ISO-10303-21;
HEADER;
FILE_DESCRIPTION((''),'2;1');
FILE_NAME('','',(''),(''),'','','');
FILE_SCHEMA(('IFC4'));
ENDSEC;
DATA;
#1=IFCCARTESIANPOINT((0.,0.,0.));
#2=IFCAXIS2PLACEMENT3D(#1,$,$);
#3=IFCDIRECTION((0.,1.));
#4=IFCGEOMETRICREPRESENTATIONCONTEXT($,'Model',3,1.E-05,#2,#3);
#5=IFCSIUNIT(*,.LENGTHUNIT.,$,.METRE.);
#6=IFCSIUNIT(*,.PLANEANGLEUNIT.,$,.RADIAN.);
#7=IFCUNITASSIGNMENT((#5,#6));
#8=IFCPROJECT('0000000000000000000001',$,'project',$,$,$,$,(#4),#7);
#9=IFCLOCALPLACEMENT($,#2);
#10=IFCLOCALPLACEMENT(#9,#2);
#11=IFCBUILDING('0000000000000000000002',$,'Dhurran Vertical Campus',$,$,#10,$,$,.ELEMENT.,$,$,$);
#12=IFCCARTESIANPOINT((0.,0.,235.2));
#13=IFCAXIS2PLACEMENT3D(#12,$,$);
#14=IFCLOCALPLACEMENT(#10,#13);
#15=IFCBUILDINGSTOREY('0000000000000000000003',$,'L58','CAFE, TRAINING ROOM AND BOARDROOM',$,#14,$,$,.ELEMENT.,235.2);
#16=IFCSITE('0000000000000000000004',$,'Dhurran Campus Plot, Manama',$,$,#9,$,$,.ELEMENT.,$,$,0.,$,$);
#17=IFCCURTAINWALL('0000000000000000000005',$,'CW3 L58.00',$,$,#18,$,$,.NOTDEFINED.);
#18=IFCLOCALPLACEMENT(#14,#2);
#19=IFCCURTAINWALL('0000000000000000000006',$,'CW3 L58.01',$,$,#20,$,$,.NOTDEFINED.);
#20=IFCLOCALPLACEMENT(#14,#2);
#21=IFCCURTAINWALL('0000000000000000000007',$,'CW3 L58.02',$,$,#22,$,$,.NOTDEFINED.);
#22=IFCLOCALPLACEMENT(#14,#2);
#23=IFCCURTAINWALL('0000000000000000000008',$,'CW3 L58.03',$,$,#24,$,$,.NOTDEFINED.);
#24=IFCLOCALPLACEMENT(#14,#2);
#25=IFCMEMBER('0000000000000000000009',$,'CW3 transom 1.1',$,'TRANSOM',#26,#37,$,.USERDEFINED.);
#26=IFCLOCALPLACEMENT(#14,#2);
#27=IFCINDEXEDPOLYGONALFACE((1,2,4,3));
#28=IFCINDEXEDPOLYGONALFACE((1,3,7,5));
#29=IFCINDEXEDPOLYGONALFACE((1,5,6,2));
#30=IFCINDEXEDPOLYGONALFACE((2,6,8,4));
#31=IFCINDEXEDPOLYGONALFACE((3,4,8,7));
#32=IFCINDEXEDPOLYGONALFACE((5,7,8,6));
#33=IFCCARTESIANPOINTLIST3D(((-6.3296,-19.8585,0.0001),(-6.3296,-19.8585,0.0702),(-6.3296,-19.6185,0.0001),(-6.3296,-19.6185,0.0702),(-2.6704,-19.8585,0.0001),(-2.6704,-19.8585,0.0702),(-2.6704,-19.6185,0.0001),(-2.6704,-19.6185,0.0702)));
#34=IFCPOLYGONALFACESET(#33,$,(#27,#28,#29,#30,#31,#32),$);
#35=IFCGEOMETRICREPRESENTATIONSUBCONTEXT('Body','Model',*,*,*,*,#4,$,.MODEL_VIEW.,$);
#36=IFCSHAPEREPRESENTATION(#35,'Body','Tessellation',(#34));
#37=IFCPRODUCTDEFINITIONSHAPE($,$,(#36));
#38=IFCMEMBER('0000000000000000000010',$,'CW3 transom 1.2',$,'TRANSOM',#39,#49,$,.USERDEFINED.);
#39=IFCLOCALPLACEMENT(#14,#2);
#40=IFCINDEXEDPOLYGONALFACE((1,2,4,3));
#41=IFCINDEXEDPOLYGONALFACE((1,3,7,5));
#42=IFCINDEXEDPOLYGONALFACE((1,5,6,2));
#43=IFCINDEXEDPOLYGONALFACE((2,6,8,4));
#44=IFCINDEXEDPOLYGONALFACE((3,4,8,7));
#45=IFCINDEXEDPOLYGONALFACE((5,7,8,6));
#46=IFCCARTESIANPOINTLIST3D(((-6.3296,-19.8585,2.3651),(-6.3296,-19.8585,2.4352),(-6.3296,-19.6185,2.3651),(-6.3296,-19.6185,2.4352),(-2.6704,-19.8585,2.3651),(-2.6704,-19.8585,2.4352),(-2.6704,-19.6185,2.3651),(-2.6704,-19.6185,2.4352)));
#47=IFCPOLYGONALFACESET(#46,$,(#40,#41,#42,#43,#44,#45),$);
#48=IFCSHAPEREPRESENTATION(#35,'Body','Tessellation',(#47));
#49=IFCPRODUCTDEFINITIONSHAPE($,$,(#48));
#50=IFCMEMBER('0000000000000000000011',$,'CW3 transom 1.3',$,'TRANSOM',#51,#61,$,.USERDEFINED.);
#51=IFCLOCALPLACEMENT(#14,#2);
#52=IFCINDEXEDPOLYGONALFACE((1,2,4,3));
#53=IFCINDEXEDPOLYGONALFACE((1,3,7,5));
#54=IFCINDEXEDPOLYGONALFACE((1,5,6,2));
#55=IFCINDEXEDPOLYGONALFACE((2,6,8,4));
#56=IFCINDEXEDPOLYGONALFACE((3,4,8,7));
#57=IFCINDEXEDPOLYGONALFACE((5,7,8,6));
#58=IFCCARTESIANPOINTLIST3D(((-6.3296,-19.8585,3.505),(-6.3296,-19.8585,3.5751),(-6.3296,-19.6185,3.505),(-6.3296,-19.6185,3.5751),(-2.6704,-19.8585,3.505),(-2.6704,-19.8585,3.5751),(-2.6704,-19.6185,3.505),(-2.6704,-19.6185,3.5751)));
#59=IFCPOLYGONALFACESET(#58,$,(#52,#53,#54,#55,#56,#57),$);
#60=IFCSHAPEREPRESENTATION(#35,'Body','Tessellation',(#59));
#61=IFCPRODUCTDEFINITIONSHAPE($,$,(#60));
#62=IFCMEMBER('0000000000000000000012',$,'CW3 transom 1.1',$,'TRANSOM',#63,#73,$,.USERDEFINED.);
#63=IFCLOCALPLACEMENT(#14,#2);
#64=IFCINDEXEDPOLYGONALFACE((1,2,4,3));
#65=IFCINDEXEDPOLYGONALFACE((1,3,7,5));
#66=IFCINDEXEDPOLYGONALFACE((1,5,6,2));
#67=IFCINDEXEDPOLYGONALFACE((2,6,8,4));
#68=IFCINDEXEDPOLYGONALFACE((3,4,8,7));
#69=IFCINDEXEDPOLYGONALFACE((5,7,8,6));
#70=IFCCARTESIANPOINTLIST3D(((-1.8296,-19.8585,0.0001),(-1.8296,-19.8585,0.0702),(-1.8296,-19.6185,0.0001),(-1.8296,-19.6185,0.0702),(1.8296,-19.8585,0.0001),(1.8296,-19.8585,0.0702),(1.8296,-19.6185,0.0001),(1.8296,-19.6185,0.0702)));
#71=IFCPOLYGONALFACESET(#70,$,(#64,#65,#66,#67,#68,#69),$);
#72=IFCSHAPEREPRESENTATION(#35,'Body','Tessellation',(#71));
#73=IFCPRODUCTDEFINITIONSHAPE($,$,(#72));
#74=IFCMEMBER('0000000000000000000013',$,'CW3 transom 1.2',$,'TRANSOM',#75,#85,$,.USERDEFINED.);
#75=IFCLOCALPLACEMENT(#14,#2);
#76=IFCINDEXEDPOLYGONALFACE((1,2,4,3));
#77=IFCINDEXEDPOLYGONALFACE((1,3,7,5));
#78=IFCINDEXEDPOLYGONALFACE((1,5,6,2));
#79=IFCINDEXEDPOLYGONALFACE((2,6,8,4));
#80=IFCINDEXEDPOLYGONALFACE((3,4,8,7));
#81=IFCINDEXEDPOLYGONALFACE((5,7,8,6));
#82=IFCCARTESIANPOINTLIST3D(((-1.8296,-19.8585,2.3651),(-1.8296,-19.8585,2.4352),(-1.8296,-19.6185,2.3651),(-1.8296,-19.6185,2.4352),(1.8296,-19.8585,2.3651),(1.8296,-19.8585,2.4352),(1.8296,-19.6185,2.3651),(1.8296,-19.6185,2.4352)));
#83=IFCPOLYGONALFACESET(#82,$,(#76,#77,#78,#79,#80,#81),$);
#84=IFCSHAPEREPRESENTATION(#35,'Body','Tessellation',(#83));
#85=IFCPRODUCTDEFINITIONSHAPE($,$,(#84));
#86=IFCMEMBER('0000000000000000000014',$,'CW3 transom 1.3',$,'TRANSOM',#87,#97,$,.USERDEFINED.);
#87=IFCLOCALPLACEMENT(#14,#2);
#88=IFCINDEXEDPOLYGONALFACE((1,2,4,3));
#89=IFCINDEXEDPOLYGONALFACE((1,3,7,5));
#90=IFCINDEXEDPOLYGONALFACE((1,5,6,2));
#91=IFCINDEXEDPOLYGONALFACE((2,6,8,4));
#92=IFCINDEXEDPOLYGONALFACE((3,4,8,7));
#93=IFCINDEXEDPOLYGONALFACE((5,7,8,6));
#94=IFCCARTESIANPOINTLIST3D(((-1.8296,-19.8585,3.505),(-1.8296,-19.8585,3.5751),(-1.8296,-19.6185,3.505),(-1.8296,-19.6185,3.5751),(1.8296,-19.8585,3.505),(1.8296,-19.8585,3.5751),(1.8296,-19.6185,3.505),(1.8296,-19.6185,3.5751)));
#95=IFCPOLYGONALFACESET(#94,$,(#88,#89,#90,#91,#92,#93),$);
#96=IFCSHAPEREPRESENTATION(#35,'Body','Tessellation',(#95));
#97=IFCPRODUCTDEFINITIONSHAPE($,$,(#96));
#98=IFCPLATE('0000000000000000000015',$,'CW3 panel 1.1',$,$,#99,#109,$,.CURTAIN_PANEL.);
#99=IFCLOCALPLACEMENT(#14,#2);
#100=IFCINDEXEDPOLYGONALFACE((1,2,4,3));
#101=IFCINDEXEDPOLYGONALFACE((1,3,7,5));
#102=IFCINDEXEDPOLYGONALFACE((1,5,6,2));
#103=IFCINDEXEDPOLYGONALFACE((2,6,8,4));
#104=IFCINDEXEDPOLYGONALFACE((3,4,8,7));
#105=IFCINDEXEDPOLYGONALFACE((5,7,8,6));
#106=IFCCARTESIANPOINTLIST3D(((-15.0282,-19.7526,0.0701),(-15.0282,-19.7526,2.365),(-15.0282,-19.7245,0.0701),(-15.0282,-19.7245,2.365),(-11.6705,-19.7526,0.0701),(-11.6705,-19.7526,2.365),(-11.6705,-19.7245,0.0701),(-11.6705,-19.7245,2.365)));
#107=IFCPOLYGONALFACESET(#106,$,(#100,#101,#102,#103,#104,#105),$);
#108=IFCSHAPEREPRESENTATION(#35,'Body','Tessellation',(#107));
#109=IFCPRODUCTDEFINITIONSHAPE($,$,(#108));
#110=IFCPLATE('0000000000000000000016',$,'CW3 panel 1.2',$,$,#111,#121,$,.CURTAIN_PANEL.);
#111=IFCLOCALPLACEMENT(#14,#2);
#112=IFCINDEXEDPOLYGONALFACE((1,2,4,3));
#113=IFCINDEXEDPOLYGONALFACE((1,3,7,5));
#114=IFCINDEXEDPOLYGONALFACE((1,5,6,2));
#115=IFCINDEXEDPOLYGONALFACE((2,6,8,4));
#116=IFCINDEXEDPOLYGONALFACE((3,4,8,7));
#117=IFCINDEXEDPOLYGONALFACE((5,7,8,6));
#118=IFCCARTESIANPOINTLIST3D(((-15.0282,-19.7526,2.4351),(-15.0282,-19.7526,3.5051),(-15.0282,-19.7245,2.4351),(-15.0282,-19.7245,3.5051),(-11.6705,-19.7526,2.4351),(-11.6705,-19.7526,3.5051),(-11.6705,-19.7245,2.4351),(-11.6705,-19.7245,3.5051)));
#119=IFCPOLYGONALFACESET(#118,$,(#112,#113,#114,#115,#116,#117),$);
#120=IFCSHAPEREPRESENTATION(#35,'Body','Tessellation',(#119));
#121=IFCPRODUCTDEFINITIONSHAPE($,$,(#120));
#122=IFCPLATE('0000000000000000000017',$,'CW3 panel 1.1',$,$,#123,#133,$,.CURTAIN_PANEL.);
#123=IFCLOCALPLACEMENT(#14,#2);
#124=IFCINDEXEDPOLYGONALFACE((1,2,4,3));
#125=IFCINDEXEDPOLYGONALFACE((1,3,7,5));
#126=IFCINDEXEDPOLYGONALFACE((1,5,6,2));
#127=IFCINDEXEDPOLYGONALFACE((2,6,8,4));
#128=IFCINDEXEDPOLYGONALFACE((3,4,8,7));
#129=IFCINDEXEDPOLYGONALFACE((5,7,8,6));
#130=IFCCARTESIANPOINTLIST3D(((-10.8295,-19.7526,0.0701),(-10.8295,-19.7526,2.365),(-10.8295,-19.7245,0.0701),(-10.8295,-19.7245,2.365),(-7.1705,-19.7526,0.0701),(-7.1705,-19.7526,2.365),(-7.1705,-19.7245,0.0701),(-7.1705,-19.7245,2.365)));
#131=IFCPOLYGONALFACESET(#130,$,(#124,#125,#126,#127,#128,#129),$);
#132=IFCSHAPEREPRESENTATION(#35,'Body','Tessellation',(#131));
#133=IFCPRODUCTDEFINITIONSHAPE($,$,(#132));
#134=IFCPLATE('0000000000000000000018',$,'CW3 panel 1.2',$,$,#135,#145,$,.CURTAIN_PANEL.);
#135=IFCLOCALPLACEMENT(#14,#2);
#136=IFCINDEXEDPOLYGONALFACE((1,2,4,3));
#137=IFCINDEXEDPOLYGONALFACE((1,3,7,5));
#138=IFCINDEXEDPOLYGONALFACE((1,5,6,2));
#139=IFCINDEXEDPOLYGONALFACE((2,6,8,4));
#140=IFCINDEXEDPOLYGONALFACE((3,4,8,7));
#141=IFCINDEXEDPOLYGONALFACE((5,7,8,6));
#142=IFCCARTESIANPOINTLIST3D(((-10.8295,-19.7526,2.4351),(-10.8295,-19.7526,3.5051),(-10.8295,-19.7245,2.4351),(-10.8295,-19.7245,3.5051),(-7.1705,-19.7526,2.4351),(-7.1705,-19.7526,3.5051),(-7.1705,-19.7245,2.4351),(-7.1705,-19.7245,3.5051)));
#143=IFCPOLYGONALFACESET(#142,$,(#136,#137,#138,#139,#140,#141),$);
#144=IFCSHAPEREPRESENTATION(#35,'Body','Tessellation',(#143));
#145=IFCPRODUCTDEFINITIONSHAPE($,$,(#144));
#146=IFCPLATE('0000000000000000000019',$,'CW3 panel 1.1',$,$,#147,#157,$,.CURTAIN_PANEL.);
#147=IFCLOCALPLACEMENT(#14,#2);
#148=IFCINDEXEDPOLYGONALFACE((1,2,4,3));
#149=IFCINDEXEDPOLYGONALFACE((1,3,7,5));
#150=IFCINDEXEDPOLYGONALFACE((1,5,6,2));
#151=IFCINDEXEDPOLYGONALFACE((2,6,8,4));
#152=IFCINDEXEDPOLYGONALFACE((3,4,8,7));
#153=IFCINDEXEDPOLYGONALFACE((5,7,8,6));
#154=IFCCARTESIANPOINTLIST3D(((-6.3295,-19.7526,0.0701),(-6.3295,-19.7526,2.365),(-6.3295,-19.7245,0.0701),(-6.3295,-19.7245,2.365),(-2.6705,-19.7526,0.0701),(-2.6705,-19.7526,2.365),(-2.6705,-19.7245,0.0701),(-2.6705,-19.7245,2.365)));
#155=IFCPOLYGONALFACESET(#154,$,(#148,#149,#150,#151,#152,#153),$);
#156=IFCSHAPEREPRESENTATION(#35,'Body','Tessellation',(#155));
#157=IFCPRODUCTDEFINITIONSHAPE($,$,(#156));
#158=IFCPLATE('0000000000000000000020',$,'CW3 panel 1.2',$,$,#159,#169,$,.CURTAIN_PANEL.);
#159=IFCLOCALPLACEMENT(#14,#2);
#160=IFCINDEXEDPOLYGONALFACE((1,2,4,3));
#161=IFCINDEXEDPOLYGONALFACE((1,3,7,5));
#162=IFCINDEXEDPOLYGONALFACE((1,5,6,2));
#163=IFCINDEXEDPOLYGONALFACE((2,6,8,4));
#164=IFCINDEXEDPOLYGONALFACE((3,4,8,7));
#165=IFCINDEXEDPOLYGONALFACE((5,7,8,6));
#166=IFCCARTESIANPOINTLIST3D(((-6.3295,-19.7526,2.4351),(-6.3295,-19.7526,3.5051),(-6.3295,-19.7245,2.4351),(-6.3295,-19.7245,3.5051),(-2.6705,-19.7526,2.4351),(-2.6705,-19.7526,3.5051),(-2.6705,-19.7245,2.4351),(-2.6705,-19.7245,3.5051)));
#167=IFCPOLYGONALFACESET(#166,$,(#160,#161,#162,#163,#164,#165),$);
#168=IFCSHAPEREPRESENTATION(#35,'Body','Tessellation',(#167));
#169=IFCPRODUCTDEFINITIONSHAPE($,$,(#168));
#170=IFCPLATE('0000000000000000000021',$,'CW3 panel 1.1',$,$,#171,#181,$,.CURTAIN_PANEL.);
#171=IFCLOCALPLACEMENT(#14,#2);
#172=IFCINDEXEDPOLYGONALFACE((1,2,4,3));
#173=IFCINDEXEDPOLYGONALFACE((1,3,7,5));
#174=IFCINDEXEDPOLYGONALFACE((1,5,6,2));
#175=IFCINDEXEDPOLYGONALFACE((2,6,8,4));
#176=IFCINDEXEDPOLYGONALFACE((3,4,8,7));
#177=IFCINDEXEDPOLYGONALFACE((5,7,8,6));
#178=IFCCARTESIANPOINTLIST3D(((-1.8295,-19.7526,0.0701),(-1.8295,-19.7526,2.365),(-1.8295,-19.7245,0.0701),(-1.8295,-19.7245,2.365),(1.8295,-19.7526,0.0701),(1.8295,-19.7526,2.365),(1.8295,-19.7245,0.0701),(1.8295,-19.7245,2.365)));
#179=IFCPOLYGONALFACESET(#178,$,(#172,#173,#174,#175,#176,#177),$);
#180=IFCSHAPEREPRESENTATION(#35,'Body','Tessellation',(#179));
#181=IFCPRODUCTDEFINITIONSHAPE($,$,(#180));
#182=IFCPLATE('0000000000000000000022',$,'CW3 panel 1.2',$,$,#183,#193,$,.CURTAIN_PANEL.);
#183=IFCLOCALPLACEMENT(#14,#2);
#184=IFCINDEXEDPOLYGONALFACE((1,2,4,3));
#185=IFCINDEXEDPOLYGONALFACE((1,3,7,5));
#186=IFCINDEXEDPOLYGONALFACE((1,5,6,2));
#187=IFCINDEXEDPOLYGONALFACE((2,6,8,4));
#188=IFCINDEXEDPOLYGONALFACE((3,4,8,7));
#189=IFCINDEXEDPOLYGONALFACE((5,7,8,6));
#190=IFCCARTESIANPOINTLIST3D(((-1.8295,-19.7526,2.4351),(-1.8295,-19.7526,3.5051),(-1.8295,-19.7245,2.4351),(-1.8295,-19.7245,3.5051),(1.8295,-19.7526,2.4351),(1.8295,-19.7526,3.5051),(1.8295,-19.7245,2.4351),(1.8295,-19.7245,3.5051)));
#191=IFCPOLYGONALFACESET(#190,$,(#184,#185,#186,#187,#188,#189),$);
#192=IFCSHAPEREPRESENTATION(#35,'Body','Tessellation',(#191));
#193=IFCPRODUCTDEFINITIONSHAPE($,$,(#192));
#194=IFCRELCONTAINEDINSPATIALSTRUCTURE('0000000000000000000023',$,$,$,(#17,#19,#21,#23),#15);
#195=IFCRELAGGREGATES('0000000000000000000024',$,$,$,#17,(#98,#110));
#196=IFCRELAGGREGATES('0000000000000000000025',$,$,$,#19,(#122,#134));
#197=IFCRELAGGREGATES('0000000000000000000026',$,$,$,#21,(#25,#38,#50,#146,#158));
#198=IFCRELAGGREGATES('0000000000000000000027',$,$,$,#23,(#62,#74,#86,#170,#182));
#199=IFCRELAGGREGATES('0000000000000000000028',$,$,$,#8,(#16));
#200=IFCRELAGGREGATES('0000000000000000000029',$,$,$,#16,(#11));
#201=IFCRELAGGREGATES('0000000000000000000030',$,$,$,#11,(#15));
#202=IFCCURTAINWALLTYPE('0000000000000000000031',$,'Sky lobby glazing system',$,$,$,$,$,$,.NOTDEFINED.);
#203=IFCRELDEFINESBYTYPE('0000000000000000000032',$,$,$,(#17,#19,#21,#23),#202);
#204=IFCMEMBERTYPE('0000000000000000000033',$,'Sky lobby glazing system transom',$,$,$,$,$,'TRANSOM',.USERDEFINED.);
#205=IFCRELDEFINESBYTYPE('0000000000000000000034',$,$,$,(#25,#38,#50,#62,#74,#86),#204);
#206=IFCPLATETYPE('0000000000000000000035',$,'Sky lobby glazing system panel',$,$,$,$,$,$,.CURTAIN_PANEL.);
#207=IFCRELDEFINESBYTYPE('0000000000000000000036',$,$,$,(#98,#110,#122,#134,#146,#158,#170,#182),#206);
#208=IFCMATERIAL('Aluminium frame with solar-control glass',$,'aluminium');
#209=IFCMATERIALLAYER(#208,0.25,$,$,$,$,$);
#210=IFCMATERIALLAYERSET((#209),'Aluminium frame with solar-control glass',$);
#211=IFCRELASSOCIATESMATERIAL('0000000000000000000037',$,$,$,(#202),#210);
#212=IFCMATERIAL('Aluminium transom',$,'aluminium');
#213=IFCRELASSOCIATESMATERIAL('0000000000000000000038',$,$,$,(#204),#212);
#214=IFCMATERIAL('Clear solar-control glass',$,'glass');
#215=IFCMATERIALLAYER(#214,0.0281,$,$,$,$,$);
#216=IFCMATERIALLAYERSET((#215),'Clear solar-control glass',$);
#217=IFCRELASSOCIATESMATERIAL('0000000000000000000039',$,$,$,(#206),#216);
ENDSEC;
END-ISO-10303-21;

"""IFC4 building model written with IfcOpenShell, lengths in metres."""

from ifc_helpers import new_model, si_unit, direction, frame, origin, origin_2d, place, context, subcontext, project, spatial, rectangle, extrude, material, layer, layer_set, material_profile, profile_set, type_object, element, aggregate, save


model = new_model("IFC4")

# Units and contexts
model_context = context("Model", 3, precision=1e-05, world=origin(), true_north=direction((0.0, 1.0)))
body_context = subcontext(model_context, "Body", "Model", "MODEL_VIEW")
ifc_project = project(units=[si_unit("LENGTHUNIT", "METRE"), si_unit("PLANEANGLEUNIT", "RADIAN")], contexts=[model_context])

# Site, building, storey
site_placement = place(None, origin())
site = spatial("IfcSite", under=ifc_project, at=site_placement, Name="Dhurran Campus Plot, Manama", CompositionType="ELEMENT", RefElevation=0.0)
building_placement = place(site_placement, origin())
building = spatial("IfcBuilding", under=site, at=building_placement, Name="Dhurran Vertical Campus", CompositionType="ELEMENT")
storey_placement = place(building_placement, frame((0.0, 0.0, 235.2)))
storey = spatial("IfcBuildingStorey", under=building, at=storey_placement, Name="L58", Description="CAFE, TRAINING ROOM AND BOARDROOM", CompositionType="ELEMENT", Elevation=235.2)

# Curtain walls
ifc_material_1 = material(Name="Aluminium frame with solar-control glass", Category="aluminium")
ifc_layer_1 = layer(ifc_material_1, 0.25)
ifc_layer_set_1 = layer_set([ifc_layer_1], Name="Aluminium frame with solar-control glass")
curtain_wall_type = type_object("IfcCurtainWallType", Name="Sky lobby glazing system", PredefinedType="NOTDEFINED", material=ifc_layer_set_1)
curtain_wall_1_placement = place(storey_placement, origin())
curtain_wall_1 = element("IfcCurtainWall", 1, at=curtain_wall_1_placement, inside=storey, type_object=curtain_wall_type, Name="CW3 L58.00", PredefinedType="NOTDEFINED")
curtain_wall_2_placement = place(storey_placement, origin())
curtain_wall_2 = element("IfcCurtainWall", 2, at=curtain_wall_2_placement, inside=storey, type_object=curtain_wall_type, Name="CW3 L58.01", PredefinedType="NOTDEFINED")
curtain_wall_3_placement = place(storey_placement, origin())
curtain_wall_3 = element("IfcCurtainWall", 3, at=curtain_wall_3_placement, inside=storey, type_object=curtain_wall_type, Name="CW3 L58.02", PredefinedType="NOTDEFINED")

# Curtain wall
curtain_wall_4_placement = place(storey_placement, origin())
curtain_wall_4 = element("IfcCurtainWall", 4, at=curtain_wall_4_placement, inside=storey, type_object=curtain_wall_type, Name="CW3 L58.03", PredefinedType="NOTDEFINED")

# Members
ifc_material_2 = material(Name="Aluminium transom", Category="aluminium")
ifc_material_profile_1 = material_profile(ifc_material_2, rectangle(XDim=0.24, YDim=0.0701, at=origin_2d()), Name="Sky lobby glazing system transom")
ifc_profile_set_1 = profile_set([ifc_material_profile_1], Name="Aluminium transom")
member_type_1 = type_object("IfcMemberType", Name="Sky lobby glazing system transom", ElementType="TRANSOM", PredefinedType="USERDEFINED", material=ifc_profile_set_1)
member_1_placement = place(storey_placement, frame((-6.3296, -19.7385, 0.0352), z_axis=(1.0, 0.0, 0.0), x_axis=(0.0, 1.0, 0.0)))
member_1 = element("IfcMember", 5, at=member_1_placement, type_object=member_type_1, Name="CW3 transom 1.1", ObjectType="TRANSOM", PredefinedType="USERDEFINED", context=body_context, shape_type="SweptSolid", body=[
    extrude(rectangle(XDim=0.24, YDim=0.0701, at=origin_2d()), origin(), (0.0, 0.0, 1.0), 3.6592),
])
member_2_placement = place(storey_placement, frame((-6.3296, -19.7385, 2.4001), z_axis=(1.0, 0.0, 0.0), x_axis=(0.0, 1.0, 0.0)))
member_2 = element("IfcMember", 6, at=member_2_placement, type_object=member_type_1, Name="CW3 transom 1.2", ObjectType="TRANSOM", PredefinedType="USERDEFINED", context=body_context, shape_type="SweptSolid", body=[
    extrude(rectangle(XDim=0.24, YDim=0.0701, at=origin_2d()), origin(), (0.0, 0.0, 1.0), 3.6592),
])
member_3_placement = place(storey_placement, frame((-6.3296, -19.7385, 3.54), z_axis=(1.0, 0.0, 0.0), x_axis=(0.0, 1.0, 0.0)))
member_3 = element("IfcMember", 7, at=member_3_placement, type_object=member_type_1, Name="CW3 transom 1.3", ObjectType="TRANSOM", PredefinedType="USERDEFINED", context=body_context, shape_type="SweptSolid", body=[
    extrude(rectangle(XDim=0.24, YDim=0.0701, at=origin_2d()), origin(), (0.0, 0.0, 1.0), 3.6592),
])
member_4_placement = place(storey_placement, frame((-1.8296, -19.7385, 0.0352), z_axis=(1.0, 0.0, 0.0), x_axis=(0.0, 1.0, 0.0)))
member_4 = element("IfcMember", 8, at=member_4_placement, type_object=member_type_1, Name="CW3 transom 1.1", ObjectType="TRANSOM", PredefinedType="USERDEFINED", context=body_context, shape_type="SweptSolid", body=[
    extrude(rectangle(XDim=0.24, YDim=0.0701, at=origin_2d()), origin(), (0.0, 0.0, 1.0), 3.6592),
])
member_5_placement = place(storey_placement, frame((-1.8296, -19.7385, 2.4001), z_axis=(1.0, 0.0, 0.0), x_axis=(0.0, 1.0, 0.0)))
member_5 = element("IfcMember", 9, at=member_5_placement, type_object=member_type_1, Name="CW3 transom 1.2", ObjectType="TRANSOM", PredefinedType="USERDEFINED", context=body_context, shape_type="SweptSolid", body=[
    extrude(rectangle(XDim=0.24, YDim=0.0701, at=origin_2d()), origin(), (0.0, 0.0, 1.0), 3.6592),
])
member_6_placement = place(storey_placement, frame((-1.8296, -19.7385, 3.54), z_axis=(1.0, 0.0, 0.0), x_axis=(0.0, 1.0, 0.0)))
member_6 = element("IfcMember", 10, at=member_6_placement, type_object=member_type_1, Name="CW3 transom 1.3", ObjectType="TRANSOM", PredefinedType="USERDEFINED", context=body_context, shape_type="SweptSolid", body=[
    extrude(rectangle(XDim=0.24, YDim=0.0701, at=origin_2d()), origin(), (0.0, 0.0, 1.0), 3.6592),
])

# Plates
ifc_material_3 = material(Name="Clear solar-control glass", Category="glass")
ifc_layer_2 = layer(ifc_material_3, 0.0281)
ifc_layer_set_2 = layer_set([ifc_layer_2], Name="Clear solar-control glass")
plate_type = type_object("IfcPlateType", Name="Sky lobby glazing system panel", PredefinedType="CURTAIN_PANEL", material=ifc_layer_set_2)
plate_1_placement = place(storey_placement, frame((-13.3494, -19.7385, 0.0701), z_axis=(0.0, 0.0, 1.0), x_axis=(1.0, 0.0, 0.0)))
plate_1 = element("IfcPlate", 11, at=plate_1_placement, type_object=plate_type, Name="CW3 panel 1.1", PredefinedType="CURTAIN_PANEL", context=body_context, shape_type="SweptSolid", body=[
    extrude(rectangle(XDim=3.3577, YDim=0.0281, at=origin_2d()), origin(), (0.0, 0.0, 1.0), 2.2949),
])
plate_2_placement = place(storey_placement, frame((-13.3494, -19.7385, 2.4351), z_axis=(0.0, 0.0, 1.0), x_axis=(1.0, 0.0, 0.0)))
plate_2 = element("IfcPlate", 12, at=plate_2_placement, type_object=plate_type, Name="CW3 panel 1.2", PredefinedType="CURTAIN_PANEL", context=body_context, shape_type="SweptSolid", body=[
    extrude(rectangle(XDim=3.3577, YDim=0.0281, at=origin_2d()), origin(), (0.0, 0.0, 1.0), 1.0701),
])
aggregate(curtain_wall_1, [plate_1, plate_2])
plate_3_placement = place(storey_placement, frame((-9.0, -19.7385, 0.0701), z_axis=(0.0, 0.0, 1.0), x_axis=(1.0, 0.0, 0.0)))
plate_3 = element("IfcPlate", 13, at=plate_3_placement, type_object=plate_type, Name="CW3 panel 1.1", PredefinedType="CURTAIN_PANEL", context=body_context, shape_type="SweptSolid", body=[
    extrude(rectangle(XDim=3.6589, YDim=0.0281, at=origin_2d()), origin(), (0.0, 0.0, 1.0), 2.2949),
])
plate_4_placement = place(storey_placement, frame((-9.0, -19.7385, 2.4351), z_axis=(0.0, 0.0, 1.0), x_axis=(1.0, 0.0, 0.0)))
plate_4 = element("IfcPlate", 14, at=plate_4_placement, type_object=plate_type, Name="CW3 panel 1.2", PredefinedType="CURTAIN_PANEL", context=body_context, shape_type="SweptSolid", body=[
    extrude(rectangle(XDim=3.6589, YDim=0.0281, at=origin_2d()), origin(), (0.0, 0.0, 1.0), 1.0701),
])
aggregate(curtain_wall_2, [plate_3, plate_4])
plate_5_placement = place(storey_placement, frame((-4.5, -19.7385, 0.0701), z_axis=(0.0, 0.0, 1.0), x_axis=(1.0, 0.0, 0.0)))
plate_5 = element("IfcPlate", 15, at=plate_5_placement, type_object=plate_type, Name="CW3 panel 1.1", PredefinedType="CURTAIN_PANEL", context=body_context, shape_type="SweptSolid", body=[
    extrude(rectangle(XDim=3.6589, YDim=0.0281, at=origin_2d()), origin(), (0.0, 0.0, 1.0), 2.2949),
])
plate_6_placement = place(storey_placement, frame((-4.5, -19.7385, 2.4351), z_axis=(0.0, 0.0, 1.0), x_axis=(1.0, 0.0, 0.0)))
plate_6 = element("IfcPlate", 16, at=plate_6_placement, type_object=plate_type, Name="CW3 panel 1.2", PredefinedType="CURTAIN_PANEL", context=body_context, shape_type="SweptSolid", body=[
    extrude(rectangle(XDim=3.6589, YDim=0.0281, at=origin_2d()), origin(), (0.0, 0.0, 1.0), 1.0701),
])
aggregate(curtain_wall_3, [member_1, member_2, member_3, plate_5, plate_6])
plate_7_placement = place(storey_placement, frame((0.0, -19.7385, 0.0701), z_axis=(0.0, 0.0, 1.0), x_axis=(1.0, 0.0, 0.0)))
plate_7 = element("IfcPlate", 17, at=plate_7_placement, type_object=plate_type, Name="CW3 panel 1.1", PredefinedType="CURTAIN_PANEL", context=body_context, shape_type="SweptSolid", body=[
    extrude(rectangle(XDim=3.6589, YDim=0.0281, at=origin_2d()), origin(), (0.0, 0.0, 1.0), 2.2949),
])
plate_8_placement = place(storey_placement, frame((0.0, -19.7385, 2.4351), z_axis=(0.0, 0.0, 1.0), x_axis=(1.0, 0.0, 0.0)))
plate_8 = element("IfcPlate", 18, at=plate_8_placement, type_object=plate_type, Name="CW3 panel 1.2", PredefinedType="CURTAIN_PANEL", context=body_context, shape_type="SweptSolid", body=[
    extrude(rectangle(XDim=3.6589, YDim=0.0281, at=origin_2d()), origin(), (0.0, 0.0, 1.0), 1.0701),
])
aggregate(curtain_wall_4, [member_4, member_5, member_6, plate_7, plate_8])

save(model, "model.ifc")
